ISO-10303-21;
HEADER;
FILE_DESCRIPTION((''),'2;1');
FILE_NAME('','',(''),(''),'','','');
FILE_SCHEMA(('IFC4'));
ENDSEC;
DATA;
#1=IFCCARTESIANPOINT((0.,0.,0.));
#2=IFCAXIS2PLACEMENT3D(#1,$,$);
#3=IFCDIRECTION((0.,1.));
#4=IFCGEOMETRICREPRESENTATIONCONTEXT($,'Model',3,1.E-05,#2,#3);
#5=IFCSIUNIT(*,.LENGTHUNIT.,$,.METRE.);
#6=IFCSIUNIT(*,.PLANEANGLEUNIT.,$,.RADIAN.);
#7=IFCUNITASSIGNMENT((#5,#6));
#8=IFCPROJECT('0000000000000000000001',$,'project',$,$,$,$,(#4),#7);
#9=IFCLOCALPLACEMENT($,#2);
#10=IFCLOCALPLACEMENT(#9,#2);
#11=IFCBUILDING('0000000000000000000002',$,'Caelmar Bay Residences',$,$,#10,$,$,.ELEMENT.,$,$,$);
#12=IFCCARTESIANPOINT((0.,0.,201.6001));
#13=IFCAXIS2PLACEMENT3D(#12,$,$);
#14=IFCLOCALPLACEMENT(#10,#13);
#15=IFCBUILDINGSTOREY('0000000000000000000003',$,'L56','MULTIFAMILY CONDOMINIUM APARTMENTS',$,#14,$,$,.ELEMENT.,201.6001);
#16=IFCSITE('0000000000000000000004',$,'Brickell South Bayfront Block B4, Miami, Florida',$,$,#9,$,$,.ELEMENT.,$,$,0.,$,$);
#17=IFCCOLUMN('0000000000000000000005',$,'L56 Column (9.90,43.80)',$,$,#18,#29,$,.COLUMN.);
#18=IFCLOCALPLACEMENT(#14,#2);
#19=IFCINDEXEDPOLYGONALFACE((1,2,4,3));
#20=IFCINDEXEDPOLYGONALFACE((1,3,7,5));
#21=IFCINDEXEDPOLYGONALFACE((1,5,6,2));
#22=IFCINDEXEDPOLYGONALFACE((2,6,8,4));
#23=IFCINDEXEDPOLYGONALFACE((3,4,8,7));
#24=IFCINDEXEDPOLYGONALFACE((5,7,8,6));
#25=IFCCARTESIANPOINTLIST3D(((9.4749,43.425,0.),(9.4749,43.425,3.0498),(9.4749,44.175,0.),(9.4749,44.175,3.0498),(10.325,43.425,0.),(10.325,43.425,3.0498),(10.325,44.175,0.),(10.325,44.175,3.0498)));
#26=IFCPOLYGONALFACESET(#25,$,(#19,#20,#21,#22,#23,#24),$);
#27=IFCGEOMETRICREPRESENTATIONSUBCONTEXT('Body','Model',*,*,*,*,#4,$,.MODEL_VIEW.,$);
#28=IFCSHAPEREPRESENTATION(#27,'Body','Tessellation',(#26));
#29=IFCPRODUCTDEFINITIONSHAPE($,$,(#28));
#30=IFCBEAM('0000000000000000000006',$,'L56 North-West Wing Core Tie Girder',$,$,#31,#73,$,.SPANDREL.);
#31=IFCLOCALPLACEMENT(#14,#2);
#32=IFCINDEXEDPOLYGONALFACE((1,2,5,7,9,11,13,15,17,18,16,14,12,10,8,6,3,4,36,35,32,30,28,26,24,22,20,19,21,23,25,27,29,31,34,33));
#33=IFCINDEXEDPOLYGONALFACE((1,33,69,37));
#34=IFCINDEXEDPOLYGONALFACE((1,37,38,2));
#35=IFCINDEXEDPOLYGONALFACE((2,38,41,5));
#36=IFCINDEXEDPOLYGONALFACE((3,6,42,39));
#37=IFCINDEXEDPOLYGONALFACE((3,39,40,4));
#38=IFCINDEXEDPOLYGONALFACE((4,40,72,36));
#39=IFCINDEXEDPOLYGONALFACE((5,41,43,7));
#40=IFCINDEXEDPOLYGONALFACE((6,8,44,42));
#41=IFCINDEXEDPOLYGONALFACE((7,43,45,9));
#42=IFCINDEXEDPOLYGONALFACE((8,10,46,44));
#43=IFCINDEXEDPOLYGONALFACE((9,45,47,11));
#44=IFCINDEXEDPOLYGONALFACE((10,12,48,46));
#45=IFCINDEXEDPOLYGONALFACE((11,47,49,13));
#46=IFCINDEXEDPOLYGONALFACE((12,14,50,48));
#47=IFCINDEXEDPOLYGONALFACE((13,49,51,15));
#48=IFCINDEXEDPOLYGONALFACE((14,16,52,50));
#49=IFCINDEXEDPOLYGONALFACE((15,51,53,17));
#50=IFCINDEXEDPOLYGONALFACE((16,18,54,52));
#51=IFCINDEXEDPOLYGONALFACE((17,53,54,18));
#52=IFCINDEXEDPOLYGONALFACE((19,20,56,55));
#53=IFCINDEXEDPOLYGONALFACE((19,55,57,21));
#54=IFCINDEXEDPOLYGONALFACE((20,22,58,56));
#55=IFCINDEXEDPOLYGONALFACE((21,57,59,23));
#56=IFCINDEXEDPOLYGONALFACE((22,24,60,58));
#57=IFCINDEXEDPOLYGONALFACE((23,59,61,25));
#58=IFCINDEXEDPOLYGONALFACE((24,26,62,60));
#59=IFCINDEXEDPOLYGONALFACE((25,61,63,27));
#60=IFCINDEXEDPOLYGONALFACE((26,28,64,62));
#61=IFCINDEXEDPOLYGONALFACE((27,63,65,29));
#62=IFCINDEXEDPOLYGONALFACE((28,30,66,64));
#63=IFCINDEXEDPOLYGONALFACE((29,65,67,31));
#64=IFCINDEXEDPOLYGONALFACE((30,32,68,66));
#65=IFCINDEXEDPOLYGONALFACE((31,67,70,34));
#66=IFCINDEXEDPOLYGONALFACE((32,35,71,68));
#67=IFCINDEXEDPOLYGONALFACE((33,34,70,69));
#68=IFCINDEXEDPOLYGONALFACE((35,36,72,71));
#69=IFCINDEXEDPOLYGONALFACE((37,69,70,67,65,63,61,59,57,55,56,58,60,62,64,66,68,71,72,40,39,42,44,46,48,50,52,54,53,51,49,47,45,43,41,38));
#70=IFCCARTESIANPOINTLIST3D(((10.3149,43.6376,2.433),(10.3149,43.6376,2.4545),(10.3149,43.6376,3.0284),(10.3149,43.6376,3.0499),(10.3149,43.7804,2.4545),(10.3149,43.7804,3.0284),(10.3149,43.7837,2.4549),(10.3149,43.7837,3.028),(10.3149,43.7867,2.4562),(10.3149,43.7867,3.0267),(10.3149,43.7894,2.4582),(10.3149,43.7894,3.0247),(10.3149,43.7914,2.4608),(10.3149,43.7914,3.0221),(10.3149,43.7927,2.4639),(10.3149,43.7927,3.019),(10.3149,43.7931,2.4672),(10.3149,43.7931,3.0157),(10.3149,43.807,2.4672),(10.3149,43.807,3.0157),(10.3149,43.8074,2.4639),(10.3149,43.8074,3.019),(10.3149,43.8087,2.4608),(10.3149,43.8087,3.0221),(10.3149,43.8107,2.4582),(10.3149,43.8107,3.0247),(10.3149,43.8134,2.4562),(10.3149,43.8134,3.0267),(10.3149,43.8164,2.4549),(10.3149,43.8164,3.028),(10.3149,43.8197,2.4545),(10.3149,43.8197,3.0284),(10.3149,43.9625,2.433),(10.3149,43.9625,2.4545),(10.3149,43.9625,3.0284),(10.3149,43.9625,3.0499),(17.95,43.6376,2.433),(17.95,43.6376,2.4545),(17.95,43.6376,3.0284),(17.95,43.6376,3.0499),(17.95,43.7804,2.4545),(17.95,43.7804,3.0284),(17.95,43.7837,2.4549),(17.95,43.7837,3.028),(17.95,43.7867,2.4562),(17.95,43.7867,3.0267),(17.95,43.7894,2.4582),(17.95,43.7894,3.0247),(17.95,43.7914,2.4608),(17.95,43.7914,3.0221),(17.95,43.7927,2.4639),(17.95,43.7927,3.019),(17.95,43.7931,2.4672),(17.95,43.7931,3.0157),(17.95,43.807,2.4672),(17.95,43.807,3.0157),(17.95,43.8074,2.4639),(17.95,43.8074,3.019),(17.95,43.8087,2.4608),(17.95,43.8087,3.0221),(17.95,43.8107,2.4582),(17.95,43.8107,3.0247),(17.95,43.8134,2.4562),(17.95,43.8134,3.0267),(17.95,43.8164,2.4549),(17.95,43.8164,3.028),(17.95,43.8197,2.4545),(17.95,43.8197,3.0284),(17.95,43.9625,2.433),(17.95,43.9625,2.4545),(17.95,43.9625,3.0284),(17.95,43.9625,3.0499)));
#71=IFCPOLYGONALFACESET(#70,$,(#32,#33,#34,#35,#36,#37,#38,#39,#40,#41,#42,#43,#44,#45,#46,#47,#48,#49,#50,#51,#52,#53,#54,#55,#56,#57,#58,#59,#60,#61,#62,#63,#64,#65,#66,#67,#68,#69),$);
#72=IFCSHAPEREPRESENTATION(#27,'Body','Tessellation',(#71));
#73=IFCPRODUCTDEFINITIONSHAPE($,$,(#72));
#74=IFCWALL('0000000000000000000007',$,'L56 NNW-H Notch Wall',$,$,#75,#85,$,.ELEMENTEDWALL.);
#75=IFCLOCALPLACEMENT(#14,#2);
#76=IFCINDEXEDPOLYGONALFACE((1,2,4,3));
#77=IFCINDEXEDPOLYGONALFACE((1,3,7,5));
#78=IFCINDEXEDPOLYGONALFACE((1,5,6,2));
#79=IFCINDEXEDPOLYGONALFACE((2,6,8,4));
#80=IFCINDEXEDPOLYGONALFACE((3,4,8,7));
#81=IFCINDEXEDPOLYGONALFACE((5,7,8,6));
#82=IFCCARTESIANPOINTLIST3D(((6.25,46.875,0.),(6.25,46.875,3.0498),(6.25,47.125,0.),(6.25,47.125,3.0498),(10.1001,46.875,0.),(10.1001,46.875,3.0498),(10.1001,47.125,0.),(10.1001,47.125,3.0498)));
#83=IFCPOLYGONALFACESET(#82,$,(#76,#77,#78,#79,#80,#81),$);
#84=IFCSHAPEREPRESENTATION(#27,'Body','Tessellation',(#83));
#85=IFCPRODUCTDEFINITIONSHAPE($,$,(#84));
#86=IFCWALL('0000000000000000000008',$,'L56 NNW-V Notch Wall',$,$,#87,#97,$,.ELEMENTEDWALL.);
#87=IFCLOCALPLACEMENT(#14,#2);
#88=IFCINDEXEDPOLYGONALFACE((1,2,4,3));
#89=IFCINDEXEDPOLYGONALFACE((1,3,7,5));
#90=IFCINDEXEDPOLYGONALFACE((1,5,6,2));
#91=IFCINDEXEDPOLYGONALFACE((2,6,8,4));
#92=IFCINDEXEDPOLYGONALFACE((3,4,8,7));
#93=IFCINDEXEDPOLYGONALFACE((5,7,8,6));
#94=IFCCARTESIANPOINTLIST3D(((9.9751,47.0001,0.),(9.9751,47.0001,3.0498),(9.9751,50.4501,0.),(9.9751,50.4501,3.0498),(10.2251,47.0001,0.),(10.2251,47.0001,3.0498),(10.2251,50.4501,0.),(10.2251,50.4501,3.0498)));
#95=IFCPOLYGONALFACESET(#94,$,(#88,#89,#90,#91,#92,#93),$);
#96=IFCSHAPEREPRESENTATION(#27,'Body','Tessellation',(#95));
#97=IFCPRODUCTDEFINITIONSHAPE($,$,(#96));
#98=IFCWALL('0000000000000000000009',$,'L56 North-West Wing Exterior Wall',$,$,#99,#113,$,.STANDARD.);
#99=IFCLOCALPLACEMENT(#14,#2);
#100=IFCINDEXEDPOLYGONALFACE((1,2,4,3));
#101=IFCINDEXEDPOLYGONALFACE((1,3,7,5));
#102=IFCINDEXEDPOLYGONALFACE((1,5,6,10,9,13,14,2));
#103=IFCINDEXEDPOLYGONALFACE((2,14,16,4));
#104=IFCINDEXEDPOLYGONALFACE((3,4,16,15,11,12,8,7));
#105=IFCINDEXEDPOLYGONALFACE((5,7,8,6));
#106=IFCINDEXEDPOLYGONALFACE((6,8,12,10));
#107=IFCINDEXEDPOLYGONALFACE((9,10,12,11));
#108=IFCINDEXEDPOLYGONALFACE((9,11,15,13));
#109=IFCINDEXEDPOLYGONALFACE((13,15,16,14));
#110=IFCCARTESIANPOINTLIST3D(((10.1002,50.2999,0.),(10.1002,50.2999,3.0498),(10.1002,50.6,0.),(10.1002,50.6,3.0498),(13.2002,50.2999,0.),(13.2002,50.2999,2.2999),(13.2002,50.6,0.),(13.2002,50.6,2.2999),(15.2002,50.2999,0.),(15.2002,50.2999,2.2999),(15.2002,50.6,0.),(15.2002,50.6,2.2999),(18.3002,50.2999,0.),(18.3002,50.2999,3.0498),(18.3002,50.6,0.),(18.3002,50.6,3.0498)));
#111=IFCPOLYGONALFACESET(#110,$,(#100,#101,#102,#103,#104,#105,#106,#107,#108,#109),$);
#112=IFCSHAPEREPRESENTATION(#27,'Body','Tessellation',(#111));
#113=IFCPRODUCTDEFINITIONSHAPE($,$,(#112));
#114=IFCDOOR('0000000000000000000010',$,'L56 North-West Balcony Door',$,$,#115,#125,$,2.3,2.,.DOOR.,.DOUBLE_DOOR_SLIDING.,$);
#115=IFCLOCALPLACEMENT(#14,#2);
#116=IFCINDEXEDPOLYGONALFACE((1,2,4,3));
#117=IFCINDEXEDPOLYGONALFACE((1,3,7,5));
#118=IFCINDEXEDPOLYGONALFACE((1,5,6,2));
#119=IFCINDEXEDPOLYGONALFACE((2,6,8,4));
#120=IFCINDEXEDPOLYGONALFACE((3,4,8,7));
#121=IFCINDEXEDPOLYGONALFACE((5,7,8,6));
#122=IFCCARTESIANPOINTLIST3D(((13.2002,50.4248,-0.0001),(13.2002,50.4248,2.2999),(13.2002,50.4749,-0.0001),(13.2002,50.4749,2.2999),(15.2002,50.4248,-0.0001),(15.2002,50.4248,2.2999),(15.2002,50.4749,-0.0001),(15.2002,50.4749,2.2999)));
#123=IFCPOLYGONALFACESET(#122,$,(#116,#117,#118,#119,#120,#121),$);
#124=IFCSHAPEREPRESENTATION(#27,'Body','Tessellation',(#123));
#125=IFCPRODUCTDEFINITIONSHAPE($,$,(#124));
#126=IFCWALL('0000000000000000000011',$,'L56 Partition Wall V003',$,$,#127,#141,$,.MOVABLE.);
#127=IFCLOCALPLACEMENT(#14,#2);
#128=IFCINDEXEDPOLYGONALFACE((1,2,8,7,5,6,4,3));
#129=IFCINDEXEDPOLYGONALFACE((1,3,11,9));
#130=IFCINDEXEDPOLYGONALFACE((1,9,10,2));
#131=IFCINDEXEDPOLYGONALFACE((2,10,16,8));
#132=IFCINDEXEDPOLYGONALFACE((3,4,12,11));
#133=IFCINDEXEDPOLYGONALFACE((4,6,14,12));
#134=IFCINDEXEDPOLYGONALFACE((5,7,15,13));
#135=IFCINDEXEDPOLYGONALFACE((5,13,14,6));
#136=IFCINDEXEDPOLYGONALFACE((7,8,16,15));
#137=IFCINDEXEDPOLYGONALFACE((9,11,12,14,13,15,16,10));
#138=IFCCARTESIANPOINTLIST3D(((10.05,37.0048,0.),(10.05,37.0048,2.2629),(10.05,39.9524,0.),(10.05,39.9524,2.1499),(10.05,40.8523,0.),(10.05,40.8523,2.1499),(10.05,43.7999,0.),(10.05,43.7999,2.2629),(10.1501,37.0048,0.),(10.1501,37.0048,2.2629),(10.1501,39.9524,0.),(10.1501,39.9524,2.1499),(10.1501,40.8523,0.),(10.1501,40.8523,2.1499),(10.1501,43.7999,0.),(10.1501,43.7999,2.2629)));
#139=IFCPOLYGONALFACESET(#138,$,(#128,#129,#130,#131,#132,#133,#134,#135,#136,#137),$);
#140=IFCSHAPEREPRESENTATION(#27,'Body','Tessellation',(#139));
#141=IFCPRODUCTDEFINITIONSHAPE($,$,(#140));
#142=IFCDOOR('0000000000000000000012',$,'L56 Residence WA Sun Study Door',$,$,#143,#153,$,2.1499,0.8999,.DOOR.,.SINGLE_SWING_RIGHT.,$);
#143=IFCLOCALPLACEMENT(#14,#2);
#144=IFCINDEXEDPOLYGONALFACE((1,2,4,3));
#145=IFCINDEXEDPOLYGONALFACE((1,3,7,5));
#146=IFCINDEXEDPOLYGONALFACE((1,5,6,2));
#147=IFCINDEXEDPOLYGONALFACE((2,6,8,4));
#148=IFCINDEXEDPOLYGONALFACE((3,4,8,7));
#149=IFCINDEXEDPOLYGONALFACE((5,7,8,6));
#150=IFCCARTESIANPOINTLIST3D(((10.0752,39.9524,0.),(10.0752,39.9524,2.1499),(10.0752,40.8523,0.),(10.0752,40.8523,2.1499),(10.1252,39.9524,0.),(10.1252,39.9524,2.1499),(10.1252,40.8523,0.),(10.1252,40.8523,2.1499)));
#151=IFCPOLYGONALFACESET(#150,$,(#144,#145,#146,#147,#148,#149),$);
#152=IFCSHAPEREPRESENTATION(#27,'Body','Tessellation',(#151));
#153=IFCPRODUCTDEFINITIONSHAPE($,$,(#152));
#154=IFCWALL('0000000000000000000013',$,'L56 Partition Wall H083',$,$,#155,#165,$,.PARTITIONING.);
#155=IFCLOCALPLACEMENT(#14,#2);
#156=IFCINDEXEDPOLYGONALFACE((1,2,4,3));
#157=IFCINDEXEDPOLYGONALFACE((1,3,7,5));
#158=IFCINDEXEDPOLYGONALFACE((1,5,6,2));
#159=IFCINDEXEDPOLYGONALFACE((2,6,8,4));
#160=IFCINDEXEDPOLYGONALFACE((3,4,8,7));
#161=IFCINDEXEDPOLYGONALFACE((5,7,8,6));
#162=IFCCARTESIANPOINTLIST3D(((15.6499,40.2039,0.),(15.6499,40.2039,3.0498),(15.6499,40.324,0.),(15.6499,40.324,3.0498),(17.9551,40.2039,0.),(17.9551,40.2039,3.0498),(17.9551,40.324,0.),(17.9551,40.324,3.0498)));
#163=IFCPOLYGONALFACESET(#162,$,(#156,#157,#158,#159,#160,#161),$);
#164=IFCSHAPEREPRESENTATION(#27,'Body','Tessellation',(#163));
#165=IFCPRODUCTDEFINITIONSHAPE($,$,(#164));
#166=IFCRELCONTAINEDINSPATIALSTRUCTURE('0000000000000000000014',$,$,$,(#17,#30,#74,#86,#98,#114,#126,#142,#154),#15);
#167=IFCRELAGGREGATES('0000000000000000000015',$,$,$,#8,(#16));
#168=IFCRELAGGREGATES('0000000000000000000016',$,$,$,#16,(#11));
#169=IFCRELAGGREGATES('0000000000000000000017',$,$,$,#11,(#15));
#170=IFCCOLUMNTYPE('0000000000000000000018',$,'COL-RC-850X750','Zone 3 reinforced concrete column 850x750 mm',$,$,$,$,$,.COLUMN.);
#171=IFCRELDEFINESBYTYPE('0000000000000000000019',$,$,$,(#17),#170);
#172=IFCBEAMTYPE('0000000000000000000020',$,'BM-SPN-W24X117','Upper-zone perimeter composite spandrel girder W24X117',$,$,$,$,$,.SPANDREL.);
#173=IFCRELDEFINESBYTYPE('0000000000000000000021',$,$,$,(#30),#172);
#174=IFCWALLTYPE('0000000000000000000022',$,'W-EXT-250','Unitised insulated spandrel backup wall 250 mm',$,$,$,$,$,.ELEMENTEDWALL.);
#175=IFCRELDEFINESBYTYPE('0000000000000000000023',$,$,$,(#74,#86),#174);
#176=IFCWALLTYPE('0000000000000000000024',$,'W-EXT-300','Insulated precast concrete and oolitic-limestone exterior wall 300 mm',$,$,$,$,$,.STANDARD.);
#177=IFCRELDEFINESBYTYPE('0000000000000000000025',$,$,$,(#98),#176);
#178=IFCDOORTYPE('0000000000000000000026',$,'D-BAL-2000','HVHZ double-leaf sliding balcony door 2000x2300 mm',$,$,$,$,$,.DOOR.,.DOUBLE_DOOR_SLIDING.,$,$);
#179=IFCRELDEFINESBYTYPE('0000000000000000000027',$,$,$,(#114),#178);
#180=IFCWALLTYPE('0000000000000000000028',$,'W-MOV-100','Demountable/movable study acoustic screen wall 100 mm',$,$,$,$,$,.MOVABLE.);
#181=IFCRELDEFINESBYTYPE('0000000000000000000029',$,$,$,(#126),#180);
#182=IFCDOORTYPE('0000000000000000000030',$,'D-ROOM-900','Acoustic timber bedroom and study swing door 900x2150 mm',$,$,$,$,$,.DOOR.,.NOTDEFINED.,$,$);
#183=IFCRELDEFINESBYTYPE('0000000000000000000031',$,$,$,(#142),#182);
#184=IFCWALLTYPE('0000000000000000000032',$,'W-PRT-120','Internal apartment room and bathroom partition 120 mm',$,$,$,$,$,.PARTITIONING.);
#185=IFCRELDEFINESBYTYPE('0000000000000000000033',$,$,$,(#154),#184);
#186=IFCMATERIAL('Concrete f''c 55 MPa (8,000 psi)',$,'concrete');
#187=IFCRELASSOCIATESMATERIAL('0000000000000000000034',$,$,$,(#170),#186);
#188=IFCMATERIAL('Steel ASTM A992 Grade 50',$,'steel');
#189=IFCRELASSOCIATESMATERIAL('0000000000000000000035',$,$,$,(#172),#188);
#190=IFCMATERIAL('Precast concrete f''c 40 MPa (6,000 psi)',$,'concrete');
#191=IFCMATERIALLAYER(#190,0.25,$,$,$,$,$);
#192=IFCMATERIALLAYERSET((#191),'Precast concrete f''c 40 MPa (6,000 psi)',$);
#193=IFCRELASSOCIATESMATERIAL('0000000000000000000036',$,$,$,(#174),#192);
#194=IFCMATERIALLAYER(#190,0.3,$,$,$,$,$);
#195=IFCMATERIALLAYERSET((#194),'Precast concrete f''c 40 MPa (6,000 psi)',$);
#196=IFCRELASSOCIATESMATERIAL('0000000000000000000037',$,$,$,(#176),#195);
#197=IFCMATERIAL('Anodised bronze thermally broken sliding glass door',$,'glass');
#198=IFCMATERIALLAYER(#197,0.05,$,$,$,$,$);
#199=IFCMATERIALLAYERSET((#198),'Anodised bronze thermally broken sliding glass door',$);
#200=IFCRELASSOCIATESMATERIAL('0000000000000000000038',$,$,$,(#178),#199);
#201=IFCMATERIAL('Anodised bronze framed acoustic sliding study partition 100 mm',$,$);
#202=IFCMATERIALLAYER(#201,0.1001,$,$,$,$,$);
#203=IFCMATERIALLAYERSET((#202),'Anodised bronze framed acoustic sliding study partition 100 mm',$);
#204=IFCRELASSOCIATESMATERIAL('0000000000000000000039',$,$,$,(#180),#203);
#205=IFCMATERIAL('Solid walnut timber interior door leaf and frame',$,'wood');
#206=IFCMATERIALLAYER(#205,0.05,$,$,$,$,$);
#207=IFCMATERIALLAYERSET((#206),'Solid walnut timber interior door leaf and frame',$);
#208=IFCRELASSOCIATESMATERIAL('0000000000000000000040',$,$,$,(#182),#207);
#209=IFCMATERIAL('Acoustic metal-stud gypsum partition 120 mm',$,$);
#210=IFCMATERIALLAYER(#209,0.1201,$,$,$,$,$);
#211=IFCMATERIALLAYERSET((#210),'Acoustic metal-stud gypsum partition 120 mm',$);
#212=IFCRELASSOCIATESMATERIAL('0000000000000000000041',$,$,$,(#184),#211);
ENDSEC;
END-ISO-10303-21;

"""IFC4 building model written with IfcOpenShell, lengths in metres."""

from ifc_helpers import new_model, si_unit, direction, frame, frame_2d, origin, origin_2d, place, context, subcontext, project, spatial, rectangle, i_section, extrude, material, layer, layer_set, material_profile, profile_set, type_object, element, fill, save


model = new_model("IFC4")

# Units and contexts
model_context = context("Model", 3, precision=1e-05, world=origin(), true_north=direction((0.0, 1.0)))
body_context = subcontext(model_context, "Body", "Model", "MODEL_VIEW")
ifc_project = project(units=[si_unit("LENGTHUNIT", "METRE"), si_unit("PLANEANGLEUNIT", "RADIAN")], contexts=[model_context])

# Site, building, storey
site_placement = place(None, origin())
site = spatial("IfcSite", under=ifc_project, at=site_placement, Name="Brickell South Bayfront Block B4, Miami, Florida", CompositionType="ELEMENT", RefElevation=0.0)
building_placement = place(site_placement, origin())
building = spatial("IfcBuilding", under=site, at=building_placement, Name="Caelmar Bay Residences", CompositionType="ELEMENT")
storey_placement = place(building_placement, frame((0.0, 0.0, 201.6001)))
storey = spatial("IfcBuildingStorey", under=building, at=storey_placement, Name="L56", Description="MULTIFAMILY CONDOMINIUM APARTMENTS", CompositionType="ELEMENT", Elevation=201.6001)

# Column
ifc_material_1 = material(Name="Concrete f'c 55 MPa (8,000 psi)", Category="concrete")
ifc_material_profile_1 = material_profile(ifc_material_1, rectangle(XDim=0.8501, YDim=0.75, at=origin_2d()), Name="RC-COL-850X750")
ifc_profile_set_1 = profile_set([ifc_material_profile_1], Name="Concrete f'c 55 MPa (8,000 psi)")
column_type = type_object("IfcColumnType", Name="COL-RC-850X750", Description="Zone 3 reinforced concrete column 850x750 mm", PredefinedType="COLUMN", material=ifc_profile_set_1)
column_placement = place(storey_placement, frame((9.8999, 43.8, 0.0), z_axis=(0.0, 0.0, 1.0), x_axis=(1.0, 0.0, 0.0)))
element("IfcColumn", 1, at=column_placement, inside=storey, type_object=column_type, Name="L56 Column (9.90,43.80)", PredefinedType="COLUMN", context=body_context, shape_type="SweptSolid", body=[
    extrude(rectangle(XDim=0.8501, YDim=0.75, at=origin_2d()), origin(), (0.0, 0.0, 1.0), 3.0498),
])

# Beam
ifc_material_2 = material(Name="Steel ASTM A992 Grade 50", Category="steel")
ifc_material_profile_2 = material_profile(ifc_material_2, i_section(OverallWidth=0.325, OverallDepth=0.6169, WebThickness=0.0139, FlangeThickness=0.0215, FilletRadius=0.0127, at=origin_2d()), Name="W24X117")
ifc_profile_set_2 = profile_set([ifc_material_profile_2], Name="Steel ASTM A992 Grade 50")
beam_type = type_object("IfcBeamType", Name="BM-SPN-W24X117", Description="Upper-zone perimeter composite spandrel girder W24X117", PredefinedType="SPANDREL", material=ifc_profile_set_2)
beam_placement = place(storey_placement, frame((10.3149, 43.8, 2.7415), z_axis=(1.0, 0.0, 0.0), x_axis=(0.0, 1.0, 0.0)))
element("IfcBeam", 2, at=beam_placement, inside=storey, type_object=beam_type, Name="L56 North-West Wing Core Tie Girder", PredefinedType="SPANDREL", context=body_context, shape_type="SweptSolid", body=[
    extrude(i_section(OverallWidth=0.325, OverallDepth=0.6169, WebThickness=0.0139, FlangeThickness=0.0215, FilletRadius=0.0127, at=origin_2d()), origin(), (0.0, 0.0, 1.0), 7.635),
])

# Walls
ifc_material_3 = material(Name="Precast concrete f'c 40 MPa (6,000 psi)", Category="concrete")
ifc_layer_1 = layer(ifc_material_3, 0.25)
ifc_layer_set_1 = layer_set([ifc_layer_1], Name="Precast concrete f'c 40 MPa (6,000 psi)")
wall_type_1 = type_object("IfcWallType", Name="W-EXT-250", Description="Unitised insulated spandrel backup wall 250 mm", PredefinedType="ELEMENTEDWALL", material=ifc_layer_set_1)
wall_1_placement = place(storey_placement, frame((6.25, 47.0, 0.0), z_axis=(0.0, 0.0, 1.0), x_axis=(1.0, 0.0, 0.0)))
element("IfcWall", 3, at=wall_1_placement, inside=storey, type_object=wall_type_1, Name="L56 NNW-H Notch Wall", PredefinedType="ELEMENTEDWALL", context=body_context, shape_type="SweptSolid", body=[
    extrude(rectangle(XDim=3.8501, YDim=0.25, at=frame_2d((1.925, 0.0))), origin(), (0.0, 0.0, 1.0), 3.0498),
])
wall_2_placement = place(storey_placement, frame((10.1001, 47.0, 0.0), z_axis=(0.0, 0.0, 1.0), x_axis=(0.0, 1.0, 0.0)))
element("IfcWall", 4, at=wall_2_placement, inside=storey, type_object=wall_type_1, Name="L56 NNW-V Notch Wall", PredefinedType="ELEMENTEDWALL", context=body_context, shape_type="SweptSolid", body=[
    extrude(rectangle(XDim=3.45, YDim=0.25, at=frame_2d((1.7251, 0.0))), origin(), (0.0, 0.0, 1.0), 3.0498),
])

# Walls, openings, doors
ifc_layer_2 = layer(ifc_material_3, 0.3)
ifc_layer_set_2 = layer_set([ifc_layer_2], Name="Precast concrete f'c 40 MPa (6,000 psi)")
wall_type_2 = type_object("IfcWallType", Name="W-EXT-300", Description="Insulated precast concrete and oolitic-limestone exterior wall 300 mm", PredefinedType="STANDARD", material=ifc_layer_set_2)
wall_3_placement = place(storey_placement, frame((10.1001, 50.45, 0.0), z_axis=(0.0, 0.0, 1.0), x_axis=(1.0, 0.0, 0.0)))
wall_3 = element("IfcWall", 5, at=wall_3_placement, inside=storey, type_object=wall_type_2, Name="L56 North-West Wing Exterior Wall", PredefinedType="STANDARD", context=body_context, shape_type="SweptSolid", body=[
    extrude(rectangle(XDim=8.2, YDim=0.3, at=frame_2d((4.1001, 0.0))), origin(), (0.0, 0.0, 1.0), 3.0498),
])
opening_1_placement = place(wall_3_placement, frame((3.1001, 0.0, 0.0)))
opening_1 = element("IfcOpeningElement", 6, at=opening_1_placement, cuts=wall_3, PredefinedType="OPENING", context=body_context, shape_type="SweptSolid", body=[
    extrude(rectangle(XDim=2.0, YDim=2.3, at=frame_2d((1.0, 1.1499))), frame((0.0, 0.1599, 0.0), z_axis=(0.0, -1.0, 0.0), x_axis=(1.0, 0.0, 0.0)), (0.0, 0.0, 1.0), 0.3201),
])
ifc_material_4 = material(Name="Anodised bronze thermally broken sliding glass door", Category="glass")
ifc_layer_3 = layer(ifc_material_4, 0.05)
ifc_layer_set_3 = layer_set([ifc_layer_3], Name="Anodised bronze thermally broken sliding glass door")
door_type_1 = type_object("IfcDoorType", Name="D-BAL-2000", Description="HVHZ double-leaf sliding balcony door 2000x2300 mm", OperationType="DOUBLE_DOOR_SLIDING", PredefinedType="DOOR", material=ifc_layer_set_3)
door_1_placement = place(opening_1_placement, origin())
door_1 = element("IfcDoor", 7, at=door_1_placement, inside=storey, type_object=door_type_1, Name="L56 North-West Balcony Door", OperationType="DOUBLE_DOOR_SLIDING", OverallHeight=2.3, OverallWidth=2.0, PredefinedType="DOOR", context=body_context, shape_type="SweptSolid", body=[
    extrude(rectangle(XDim=2.0, YDim=2.3, at=frame_2d((1.0, 1.1499))), frame((0.0, 0.0249, 0.0), z_axis=(0.0, -1.0, 0.0), x_axis=(1.0, 0.0, 0.0)), (0.0, 0.0, 1.0), 0.05),
])
fill(opening_1, door_1)
ifc_material_5 = material(Name="Anodised bronze framed acoustic sliding study partition 100 mm")
ifc_layer_4 = layer(ifc_material_5, 0.1001)
ifc_layer_set_4 = layer_set([ifc_layer_4], Name="Anodised bronze framed acoustic sliding study partition 100 mm")
wall_type_3 = type_object("IfcWallType", Name="W-MOV-100", Description="Demountable/movable study acoustic screen wall 100 mm", PredefinedType="MOVABLE", material=ifc_layer_set_4)
wall_4_placement = place(storey_placement, frame((10.1001, 37.0049, 0.0), z_axis=(0.0, 0.0, 1.0), x_axis=(0.0, 1.0, 0.0)))
wall_4 = element("IfcWall", 8, at=wall_4_placement, inside=storey, type_object=wall_type_3, Name="L56 Partition Wall V003", PredefinedType="MOVABLE", context=body_context, shape_type="SweptSolid", body=[
    extrude(rectangle(XDim=6.7952, YDim=0.1001, at=frame_2d((3.3975, 0.0))), origin(), (0.0, 0.0, 1.0), 2.2629),
])
opening_2_placement = place(wall_4_placement, frame((2.9475, 0.0, 0.0)))
opening_2 = element("IfcOpeningElement", 9, at=opening_2_placement, cuts=wall_4, PredefinedType="OPENING", context=body_context, shape_type="SweptSolid", body=[
    extrude(rectangle(XDim=0.8999, YDim=2.1499, at=frame_2d((0.45, 1.075))), frame((0.0, 0.0601, 0.0), z_axis=(0.0, -1.0, 0.0), x_axis=(1.0, 0.0, 0.0)), (0.0, 0.0, 1.0), 0.1201),
])
ifc_material_6 = material(Name="Solid walnut timber interior door leaf and frame", Category="wood")
ifc_layer_5 = layer(ifc_material_6, 0.05)
ifc_layer_set_5 = layer_set([ifc_layer_5], Name="Solid walnut timber interior door leaf and frame")
door_type_2 = type_object("IfcDoorType", Name="D-ROOM-900", Description="Acoustic timber bedroom and study swing door 900x2150 mm", OperationType="NOTDEFINED", PredefinedType="DOOR", material=ifc_layer_set_5)
door_2_placement = place(opening_2_placement, origin())
door_2 = element("IfcDoor", 10, at=door_2_placement, inside=storey, type_object=door_type_2, Name="L56 Residence WA Sun Study Door", OperationType="SINGLE_SWING_RIGHT", OverallHeight=2.1499, OverallWidth=0.8999, PredefinedType="DOOR", context=body_context, shape_type="SweptSolid", body=[
    extrude(rectangle(XDim=0.8999, YDim=2.1499, at=frame_2d((0.45, 1.075))), frame((0.0, 0.0249, 0.0), z_axis=(0.0, -1.0, 0.0), x_axis=(1.0, 0.0, 0.0)), (0.0, 0.0, 1.0), 0.05),
])
fill(opening_2, door_2)
ifc_material_7 = material(Name="Acoustic metal-stud gypsum partition 120 mm")
ifc_layer_6 = layer(ifc_material_7, 0.1201)
ifc_layer_set_6 = layer_set([ifc_layer_6], Name="Acoustic metal-stud gypsum partition 120 mm")
wall_type_4 = type_object("IfcWallType", Name="W-PRT-120", Description="Internal apartment room and bathroom partition 120 mm", PredefinedType="PARTITIONING", material=ifc_layer_set_6)

# Wall
wall_5_placement = place(storey_placement, frame((15.6499, 40.2639, 0.0), z_axis=(0.0, 0.0, 1.0), x_axis=(1.0, 0.0, 0.0)))
element("IfcWall", 11, at=wall_5_placement, inside=storey, type_object=wall_type_4, Name="L56 Partition Wall H083", PredefinedType="PARTITIONING", context=body_context, shape_type="SweptSolid", body=[
    extrude(rectangle(XDim=2.3052, YDim=0.1201, at=frame_2d((1.1526, 0.0))), origin(), (0.0, 0.0, 1.0), 3.0498),
])

save(model, "model.ifc")
